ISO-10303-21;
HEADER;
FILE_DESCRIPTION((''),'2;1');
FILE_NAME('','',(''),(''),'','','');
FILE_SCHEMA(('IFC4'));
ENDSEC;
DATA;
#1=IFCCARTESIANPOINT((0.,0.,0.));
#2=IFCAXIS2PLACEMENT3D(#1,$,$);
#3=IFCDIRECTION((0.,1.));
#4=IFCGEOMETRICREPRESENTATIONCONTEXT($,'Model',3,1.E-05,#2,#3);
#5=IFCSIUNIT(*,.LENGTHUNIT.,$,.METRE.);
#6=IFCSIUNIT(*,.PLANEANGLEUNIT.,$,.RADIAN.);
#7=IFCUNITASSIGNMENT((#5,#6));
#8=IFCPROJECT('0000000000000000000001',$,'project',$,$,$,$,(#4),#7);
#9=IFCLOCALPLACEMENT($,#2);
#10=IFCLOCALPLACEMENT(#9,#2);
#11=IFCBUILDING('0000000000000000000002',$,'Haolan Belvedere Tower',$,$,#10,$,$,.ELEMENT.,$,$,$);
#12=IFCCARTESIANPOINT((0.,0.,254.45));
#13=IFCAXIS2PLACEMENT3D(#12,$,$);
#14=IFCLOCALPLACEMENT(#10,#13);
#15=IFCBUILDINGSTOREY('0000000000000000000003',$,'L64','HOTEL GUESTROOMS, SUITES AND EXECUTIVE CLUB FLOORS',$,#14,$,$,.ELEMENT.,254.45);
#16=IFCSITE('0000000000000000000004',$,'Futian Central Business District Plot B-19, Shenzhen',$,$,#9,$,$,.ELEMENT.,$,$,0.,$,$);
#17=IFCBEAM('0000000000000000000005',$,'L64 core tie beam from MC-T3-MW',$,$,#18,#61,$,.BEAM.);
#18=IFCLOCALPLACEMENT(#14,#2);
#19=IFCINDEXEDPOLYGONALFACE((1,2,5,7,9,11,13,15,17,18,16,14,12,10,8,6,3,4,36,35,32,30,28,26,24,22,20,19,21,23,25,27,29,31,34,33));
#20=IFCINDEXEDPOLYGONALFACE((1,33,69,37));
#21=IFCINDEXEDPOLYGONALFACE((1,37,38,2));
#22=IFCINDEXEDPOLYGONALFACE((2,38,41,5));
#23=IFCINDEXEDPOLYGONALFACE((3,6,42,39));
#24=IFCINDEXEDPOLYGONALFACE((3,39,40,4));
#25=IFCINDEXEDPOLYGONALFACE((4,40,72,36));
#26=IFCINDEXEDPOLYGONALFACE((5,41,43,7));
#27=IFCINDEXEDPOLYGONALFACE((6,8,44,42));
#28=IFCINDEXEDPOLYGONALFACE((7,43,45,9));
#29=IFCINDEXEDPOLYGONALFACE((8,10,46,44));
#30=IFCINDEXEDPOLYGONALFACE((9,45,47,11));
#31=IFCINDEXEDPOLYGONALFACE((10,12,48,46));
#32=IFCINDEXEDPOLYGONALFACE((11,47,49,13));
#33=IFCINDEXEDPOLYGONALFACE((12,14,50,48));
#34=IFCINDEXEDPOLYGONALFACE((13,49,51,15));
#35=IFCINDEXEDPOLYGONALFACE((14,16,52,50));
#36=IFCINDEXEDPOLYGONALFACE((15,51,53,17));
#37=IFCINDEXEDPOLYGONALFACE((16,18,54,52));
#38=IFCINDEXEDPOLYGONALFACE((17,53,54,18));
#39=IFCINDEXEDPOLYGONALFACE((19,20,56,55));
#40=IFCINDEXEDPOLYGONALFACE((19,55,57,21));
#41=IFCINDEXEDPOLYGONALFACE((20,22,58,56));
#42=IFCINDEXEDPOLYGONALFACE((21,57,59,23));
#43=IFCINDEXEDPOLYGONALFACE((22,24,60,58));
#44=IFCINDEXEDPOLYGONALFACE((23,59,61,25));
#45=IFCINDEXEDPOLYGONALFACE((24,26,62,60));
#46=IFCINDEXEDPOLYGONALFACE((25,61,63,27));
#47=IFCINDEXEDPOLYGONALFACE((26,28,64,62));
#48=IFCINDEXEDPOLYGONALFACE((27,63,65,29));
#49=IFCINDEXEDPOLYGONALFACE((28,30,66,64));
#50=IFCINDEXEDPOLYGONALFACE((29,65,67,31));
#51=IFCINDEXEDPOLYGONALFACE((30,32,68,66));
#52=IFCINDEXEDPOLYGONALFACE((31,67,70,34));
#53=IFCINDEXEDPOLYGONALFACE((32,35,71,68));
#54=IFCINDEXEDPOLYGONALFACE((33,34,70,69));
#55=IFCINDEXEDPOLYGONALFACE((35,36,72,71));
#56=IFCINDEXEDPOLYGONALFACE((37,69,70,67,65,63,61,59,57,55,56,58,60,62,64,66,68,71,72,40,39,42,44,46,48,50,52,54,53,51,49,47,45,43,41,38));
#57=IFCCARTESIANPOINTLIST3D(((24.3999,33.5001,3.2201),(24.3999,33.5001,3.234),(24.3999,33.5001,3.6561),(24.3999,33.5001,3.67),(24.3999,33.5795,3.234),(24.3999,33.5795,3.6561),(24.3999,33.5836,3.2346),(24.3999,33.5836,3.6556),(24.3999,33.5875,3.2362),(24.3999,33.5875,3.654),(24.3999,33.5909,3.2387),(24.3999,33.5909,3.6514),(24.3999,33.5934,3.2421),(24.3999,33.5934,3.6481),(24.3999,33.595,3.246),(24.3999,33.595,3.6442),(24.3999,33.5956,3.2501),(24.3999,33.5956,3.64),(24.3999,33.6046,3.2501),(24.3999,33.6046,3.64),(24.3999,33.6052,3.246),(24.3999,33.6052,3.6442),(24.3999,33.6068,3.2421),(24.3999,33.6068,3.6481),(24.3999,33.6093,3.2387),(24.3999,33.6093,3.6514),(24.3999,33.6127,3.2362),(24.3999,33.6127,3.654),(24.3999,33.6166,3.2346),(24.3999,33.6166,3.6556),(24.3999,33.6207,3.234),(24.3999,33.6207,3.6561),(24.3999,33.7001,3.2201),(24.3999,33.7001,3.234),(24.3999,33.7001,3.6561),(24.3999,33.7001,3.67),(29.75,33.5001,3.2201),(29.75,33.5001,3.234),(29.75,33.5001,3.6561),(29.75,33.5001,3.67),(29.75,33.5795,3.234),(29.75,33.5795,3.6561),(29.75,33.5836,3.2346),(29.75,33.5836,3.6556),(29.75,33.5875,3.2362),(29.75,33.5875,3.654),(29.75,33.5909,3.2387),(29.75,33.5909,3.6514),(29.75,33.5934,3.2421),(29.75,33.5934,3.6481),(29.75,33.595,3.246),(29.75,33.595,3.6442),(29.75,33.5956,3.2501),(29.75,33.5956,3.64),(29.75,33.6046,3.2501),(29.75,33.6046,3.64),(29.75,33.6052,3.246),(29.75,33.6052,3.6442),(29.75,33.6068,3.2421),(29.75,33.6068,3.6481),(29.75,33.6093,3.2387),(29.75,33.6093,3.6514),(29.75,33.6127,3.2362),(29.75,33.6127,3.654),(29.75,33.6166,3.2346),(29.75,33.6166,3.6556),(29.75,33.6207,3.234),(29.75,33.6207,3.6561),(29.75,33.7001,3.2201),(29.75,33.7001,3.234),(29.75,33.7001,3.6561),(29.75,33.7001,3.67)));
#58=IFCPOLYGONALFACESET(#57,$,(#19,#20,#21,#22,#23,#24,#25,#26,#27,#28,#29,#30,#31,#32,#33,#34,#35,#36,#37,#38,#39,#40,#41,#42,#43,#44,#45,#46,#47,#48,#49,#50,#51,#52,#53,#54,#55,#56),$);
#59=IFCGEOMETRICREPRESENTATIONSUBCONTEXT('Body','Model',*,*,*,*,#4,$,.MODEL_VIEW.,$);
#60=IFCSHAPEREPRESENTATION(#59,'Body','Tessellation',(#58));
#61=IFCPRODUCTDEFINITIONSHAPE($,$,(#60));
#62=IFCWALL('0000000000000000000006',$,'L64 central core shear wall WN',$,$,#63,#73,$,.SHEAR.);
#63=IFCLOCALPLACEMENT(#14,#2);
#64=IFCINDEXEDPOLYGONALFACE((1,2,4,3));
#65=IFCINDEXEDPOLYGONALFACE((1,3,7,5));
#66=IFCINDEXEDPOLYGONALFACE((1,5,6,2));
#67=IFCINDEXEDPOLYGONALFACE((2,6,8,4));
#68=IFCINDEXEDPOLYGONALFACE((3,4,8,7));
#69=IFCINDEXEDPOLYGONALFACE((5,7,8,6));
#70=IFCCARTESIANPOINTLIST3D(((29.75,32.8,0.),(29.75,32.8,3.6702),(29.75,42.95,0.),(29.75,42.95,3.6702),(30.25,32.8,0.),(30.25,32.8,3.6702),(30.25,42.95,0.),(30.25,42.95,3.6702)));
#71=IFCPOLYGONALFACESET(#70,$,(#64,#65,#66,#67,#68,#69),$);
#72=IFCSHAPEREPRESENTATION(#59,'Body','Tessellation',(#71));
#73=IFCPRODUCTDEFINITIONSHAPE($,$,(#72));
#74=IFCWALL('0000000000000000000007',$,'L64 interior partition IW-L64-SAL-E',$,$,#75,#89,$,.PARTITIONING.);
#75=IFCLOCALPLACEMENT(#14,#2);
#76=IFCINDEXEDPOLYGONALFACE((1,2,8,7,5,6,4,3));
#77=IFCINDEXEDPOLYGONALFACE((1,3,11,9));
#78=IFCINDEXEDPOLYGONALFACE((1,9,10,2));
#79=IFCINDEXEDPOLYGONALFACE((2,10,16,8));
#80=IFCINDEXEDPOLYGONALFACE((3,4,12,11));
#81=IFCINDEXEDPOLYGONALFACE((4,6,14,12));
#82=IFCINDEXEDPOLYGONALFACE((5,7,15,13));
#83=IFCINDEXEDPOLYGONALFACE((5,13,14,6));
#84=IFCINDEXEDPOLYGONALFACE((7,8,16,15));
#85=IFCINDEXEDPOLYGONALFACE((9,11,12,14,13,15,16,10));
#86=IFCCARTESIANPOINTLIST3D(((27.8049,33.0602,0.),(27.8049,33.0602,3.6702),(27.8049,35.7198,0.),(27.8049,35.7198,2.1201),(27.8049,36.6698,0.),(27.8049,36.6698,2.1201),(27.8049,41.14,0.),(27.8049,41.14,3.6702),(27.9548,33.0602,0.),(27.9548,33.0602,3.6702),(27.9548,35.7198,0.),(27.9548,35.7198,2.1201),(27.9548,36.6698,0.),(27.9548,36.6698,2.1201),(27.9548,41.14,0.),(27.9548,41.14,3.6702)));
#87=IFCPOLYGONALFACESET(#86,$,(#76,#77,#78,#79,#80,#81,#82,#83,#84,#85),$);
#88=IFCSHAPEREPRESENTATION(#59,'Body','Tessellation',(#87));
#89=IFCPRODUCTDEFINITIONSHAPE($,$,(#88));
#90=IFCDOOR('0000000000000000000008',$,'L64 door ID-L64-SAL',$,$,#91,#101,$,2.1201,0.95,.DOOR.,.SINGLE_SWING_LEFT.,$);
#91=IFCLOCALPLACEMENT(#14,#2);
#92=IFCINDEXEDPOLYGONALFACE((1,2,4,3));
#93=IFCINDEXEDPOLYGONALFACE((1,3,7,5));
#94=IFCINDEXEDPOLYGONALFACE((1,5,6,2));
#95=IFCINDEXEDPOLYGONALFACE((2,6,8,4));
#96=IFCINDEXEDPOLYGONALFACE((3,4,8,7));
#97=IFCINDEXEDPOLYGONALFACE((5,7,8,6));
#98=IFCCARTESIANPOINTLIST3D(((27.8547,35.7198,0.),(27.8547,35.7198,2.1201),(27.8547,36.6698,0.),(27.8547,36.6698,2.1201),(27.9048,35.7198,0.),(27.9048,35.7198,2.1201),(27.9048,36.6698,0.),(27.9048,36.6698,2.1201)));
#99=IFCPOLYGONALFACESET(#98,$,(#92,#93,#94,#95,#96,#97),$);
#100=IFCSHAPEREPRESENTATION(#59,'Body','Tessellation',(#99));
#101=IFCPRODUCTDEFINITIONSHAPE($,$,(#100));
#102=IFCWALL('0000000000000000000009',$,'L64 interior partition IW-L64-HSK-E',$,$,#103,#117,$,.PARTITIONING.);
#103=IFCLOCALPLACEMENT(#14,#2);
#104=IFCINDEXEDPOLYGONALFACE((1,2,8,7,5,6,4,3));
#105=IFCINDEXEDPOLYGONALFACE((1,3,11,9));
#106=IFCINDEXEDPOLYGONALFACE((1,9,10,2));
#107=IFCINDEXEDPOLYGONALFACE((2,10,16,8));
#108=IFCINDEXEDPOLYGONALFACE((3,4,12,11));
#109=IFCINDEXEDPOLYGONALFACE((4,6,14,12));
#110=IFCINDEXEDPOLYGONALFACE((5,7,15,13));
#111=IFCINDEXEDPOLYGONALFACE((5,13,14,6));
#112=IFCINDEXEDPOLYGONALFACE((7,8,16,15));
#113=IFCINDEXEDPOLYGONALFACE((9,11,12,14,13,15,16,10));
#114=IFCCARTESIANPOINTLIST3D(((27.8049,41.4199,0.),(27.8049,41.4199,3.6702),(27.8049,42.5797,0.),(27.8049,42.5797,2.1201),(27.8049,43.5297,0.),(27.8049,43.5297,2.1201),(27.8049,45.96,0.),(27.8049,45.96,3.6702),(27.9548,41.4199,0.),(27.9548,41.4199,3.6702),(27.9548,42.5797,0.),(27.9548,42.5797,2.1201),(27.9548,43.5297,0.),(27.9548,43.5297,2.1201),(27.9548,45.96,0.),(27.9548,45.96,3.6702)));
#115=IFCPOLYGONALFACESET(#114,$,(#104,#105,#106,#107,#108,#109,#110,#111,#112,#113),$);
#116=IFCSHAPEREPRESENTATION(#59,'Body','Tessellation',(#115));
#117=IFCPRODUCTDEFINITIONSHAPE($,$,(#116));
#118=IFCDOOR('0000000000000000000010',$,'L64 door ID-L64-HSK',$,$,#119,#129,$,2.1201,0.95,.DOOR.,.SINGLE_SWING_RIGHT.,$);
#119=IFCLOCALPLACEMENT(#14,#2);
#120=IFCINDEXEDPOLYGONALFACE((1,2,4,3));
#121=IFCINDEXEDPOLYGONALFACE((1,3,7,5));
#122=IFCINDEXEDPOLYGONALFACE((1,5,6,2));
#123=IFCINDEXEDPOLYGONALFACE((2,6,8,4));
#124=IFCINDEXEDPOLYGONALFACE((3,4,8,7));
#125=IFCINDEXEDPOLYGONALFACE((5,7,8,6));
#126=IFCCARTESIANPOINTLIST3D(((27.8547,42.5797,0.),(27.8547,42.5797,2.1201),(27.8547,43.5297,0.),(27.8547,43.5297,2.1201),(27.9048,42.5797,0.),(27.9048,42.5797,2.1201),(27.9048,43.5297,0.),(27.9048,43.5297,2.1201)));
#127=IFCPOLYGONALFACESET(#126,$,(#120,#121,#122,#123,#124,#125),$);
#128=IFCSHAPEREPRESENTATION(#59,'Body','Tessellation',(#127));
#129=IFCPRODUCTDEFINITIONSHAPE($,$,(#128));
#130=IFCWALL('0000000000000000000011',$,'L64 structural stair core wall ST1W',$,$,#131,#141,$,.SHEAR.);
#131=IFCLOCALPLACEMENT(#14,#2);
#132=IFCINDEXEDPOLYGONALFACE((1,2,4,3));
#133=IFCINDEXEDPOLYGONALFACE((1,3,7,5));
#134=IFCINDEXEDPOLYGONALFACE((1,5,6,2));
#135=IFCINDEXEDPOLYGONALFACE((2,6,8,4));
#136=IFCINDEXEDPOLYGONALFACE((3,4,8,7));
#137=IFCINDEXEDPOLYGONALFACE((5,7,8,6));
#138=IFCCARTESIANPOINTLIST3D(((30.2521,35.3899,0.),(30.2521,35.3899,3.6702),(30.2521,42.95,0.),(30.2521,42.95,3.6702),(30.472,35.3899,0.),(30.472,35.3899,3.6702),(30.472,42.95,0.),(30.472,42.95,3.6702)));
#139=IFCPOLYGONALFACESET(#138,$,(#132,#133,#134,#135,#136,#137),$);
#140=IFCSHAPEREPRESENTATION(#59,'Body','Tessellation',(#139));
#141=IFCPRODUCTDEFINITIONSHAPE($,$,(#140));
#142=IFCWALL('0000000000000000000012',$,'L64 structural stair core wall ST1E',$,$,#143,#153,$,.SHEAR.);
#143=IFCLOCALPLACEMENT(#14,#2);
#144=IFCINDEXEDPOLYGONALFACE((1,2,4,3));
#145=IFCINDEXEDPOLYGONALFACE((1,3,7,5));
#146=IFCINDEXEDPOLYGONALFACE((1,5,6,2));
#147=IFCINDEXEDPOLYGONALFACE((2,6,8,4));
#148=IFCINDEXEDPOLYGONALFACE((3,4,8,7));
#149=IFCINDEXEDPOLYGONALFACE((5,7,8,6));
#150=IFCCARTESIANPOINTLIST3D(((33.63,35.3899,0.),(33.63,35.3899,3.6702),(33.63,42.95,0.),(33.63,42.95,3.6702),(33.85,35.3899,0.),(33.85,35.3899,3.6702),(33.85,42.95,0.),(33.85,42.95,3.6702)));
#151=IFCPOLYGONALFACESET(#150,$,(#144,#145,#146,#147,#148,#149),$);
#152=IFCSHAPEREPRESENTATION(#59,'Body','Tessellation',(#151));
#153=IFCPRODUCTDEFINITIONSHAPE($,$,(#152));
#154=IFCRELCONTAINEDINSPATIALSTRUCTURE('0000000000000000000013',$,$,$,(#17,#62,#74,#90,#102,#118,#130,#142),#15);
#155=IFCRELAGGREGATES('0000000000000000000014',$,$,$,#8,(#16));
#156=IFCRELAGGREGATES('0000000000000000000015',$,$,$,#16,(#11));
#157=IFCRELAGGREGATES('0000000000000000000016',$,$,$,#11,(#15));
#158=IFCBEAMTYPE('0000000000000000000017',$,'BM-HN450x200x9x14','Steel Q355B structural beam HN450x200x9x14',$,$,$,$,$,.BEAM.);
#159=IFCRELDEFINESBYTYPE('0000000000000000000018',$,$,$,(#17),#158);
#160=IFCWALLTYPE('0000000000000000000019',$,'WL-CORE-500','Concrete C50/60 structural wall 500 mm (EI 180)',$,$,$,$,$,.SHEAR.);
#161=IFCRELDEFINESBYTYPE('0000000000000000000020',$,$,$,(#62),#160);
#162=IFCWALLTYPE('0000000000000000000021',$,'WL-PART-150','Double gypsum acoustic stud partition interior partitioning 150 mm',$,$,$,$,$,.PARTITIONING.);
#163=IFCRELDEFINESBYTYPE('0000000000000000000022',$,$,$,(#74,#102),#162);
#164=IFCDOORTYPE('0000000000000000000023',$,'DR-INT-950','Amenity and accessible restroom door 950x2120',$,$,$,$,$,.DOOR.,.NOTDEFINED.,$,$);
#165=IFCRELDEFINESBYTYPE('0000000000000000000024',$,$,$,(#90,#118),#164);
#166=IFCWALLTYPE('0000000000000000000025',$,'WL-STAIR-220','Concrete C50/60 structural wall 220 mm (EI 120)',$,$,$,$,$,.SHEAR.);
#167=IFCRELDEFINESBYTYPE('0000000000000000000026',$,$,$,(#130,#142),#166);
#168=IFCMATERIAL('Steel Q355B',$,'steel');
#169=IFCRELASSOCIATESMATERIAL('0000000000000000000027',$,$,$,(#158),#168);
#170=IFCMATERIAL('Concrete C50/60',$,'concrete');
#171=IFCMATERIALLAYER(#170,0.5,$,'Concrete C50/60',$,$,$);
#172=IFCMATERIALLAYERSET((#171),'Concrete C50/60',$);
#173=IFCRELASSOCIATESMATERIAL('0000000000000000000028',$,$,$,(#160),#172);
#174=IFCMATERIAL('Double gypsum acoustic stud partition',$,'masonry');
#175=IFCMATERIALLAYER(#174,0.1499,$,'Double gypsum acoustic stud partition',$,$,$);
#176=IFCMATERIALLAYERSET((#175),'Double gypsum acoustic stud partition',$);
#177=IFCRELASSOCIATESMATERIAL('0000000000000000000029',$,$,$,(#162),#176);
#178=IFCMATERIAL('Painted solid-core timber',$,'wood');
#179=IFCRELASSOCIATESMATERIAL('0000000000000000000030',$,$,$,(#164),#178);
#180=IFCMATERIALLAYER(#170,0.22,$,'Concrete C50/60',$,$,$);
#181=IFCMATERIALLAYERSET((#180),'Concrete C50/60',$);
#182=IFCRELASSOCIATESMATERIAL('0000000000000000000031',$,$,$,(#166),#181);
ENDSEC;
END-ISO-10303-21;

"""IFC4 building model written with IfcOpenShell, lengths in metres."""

from ifc_helpers import new_model, si_unit, direction, frame, frame_2d, origin, origin_2d, place, context, subcontext, project, spatial, rectangle, i_section, extrude, material, layer, layer_set, material_profile, profile_set, type_object, element, fill, save


model = new_model("IFC4")

# Units and contexts
model_context = context("Model", 3, precision=1e-05, world=origin(), true_north=direction((0.0, 1.0)))
body_context = subcontext(model_context, "Body", "Model", "MODEL_VIEW")
ifc_project = project(units=[si_unit("LENGTHUNIT", "METRE"), si_unit("PLANEANGLEUNIT", "RADIAN")], contexts=[model_context])

# Site, building, storey
site_placement = place(None, origin())
site = spatial("IfcSite", under=ifc_project, at=site_placement, Name="Futian Central Business District Plot B-19, Shenzhen", CompositionType="ELEMENT", RefElevation=0.0)
building_placement = place(site_placement, origin())
building = spatial("IfcBuilding", under=site, at=building_placement, Name="Haolan Belvedere Tower", CompositionType="ELEMENT")
storey_placement = place(building_placement, frame((0.0, 0.0, 254.45)))
storey = spatial("IfcBuildingStorey", under=building, at=storey_placement, Name="L64", Description="HOTEL GUESTROOMS, SUITES AND EXECUTIVE CLUB FLOORS", CompositionType="ELEMENT", Elevation=254.45)

# Beam
ifc_material_1 = material(Name="Steel Q355B", Category="steel")
ifc_material_profile = material_profile(ifc_material_1, i_section(OverallWidth=0.2, OverallDepth=0.45, WebThickness=0.009, FlangeThickness=0.0139, FilletRadius=0.0161, at=origin_2d()), Name="Steel Q355B")
ifc_profile_set = profile_set([ifc_material_profile], Name="Steel Q355B")
beam_type = type_object("IfcBeamType", Name="BM-HN450x200x9x14", Description="Steel Q355B structural beam HN450x200x9x14", PredefinedType="BEAM", material=ifc_profile_set)
beam_placement = place(storey_placement, frame((24.3999, 33.6001, 3.4451), z_axis=(1.0, 0.0, 0.0), x_axis=(0.0, 1.0, 0.0)))
element("IfcBeam", 1, at=beam_placement, inside=storey, type_object=beam_type, Name="L64 core tie beam from MC-T3-MW", PredefinedType="BEAM", context=body_context, shape_type="SweptSolid", body=[
    extrude(i_section(OverallWidth=0.2, OverallDepth=0.45, WebThickness=0.009, FlangeThickness=0.0139, FilletRadius=0.0161, at=origin_2d()), origin(), (0.0, 0.0, 1.0), 5.3501),
])

# Wall
ifc_material_2 = material(Name="Concrete C50/60", Category="concrete")
ifc_layer_1 = layer(ifc_material_2, 0.5, Name="Concrete C50/60")
ifc_layer_set_1 = layer_set([ifc_layer_1], Name="Concrete C50/60")
wall_type_1 = type_object("IfcWallType", Name="WL-CORE-500", Description="Concrete C50/60 structural wall 500 mm (EI 180)", PredefinedType="SHEAR", material=ifc_layer_set_1)
wall_1_placement = place(storey_placement, frame((30.0, 32.8, 0.0), z_axis=(0.0, 0.0, 1.0), x_axis=(0.0, 1.0, 0.0)))
element("IfcWall", 2, at=wall_1_placement, inside=storey, type_object=wall_type_1, Name="L64 central core shear wall WN", PredefinedType="SHEAR", context=body_context, shape_type="SweptSolid", body=[
    extrude(rectangle(XDim=10.1499, YDim=0.5, at=frame_2d((5.075, 0.0))), origin(), (0.0, 0.0, 1.0), 3.6702),
])

# Walls, openings, doors
ifc_material_3 = material(Name="Double gypsum acoustic stud partition", Category="masonry")
ifc_layer_2 = layer(ifc_material_3, 0.1499, Name="Double gypsum acoustic stud partition")
ifc_layer_set_2 = layer_set([ifc_layer_2], Name="Double gypsum acoustic stud partition")
wall_type_2 = type_object("IfcWallType", Name="WL-PART-150", Description="Double gypsum acoustic stud partition interior partitioning 150 mm", PredefinedType="PARTITIONING", material=ifc_layer_set_2)
wall_2_placement = place(storey_placement, frame((27.8799, 33.0601, 0.0), z_axis=(0.0, 0.0, 1.0), x_axis=(0.0, 1.0, 0.0)))
wall_2 = element("IfcWall", 3, at=wall_2_placement, inside=storey, type_object=wall_type_2, Name="L64 interior partition IW-L64-SAL-E", PredefinedType="PARTITIONING", context=body_context, shape_type="SweptSolid", body=[
    extrude(rectangle(XDim=8.0798, YDim=0.1499, at=frame_2d((4.04, 0.0))), origin(), (0.0, 0.0, 1.0), 3.6702),
])
opening_1_placement = place(wall_2_placement, frame((3.6099, 0.0, 0.0), z_axis=(0.0, 0.0, 1.0), x_axis=(-1.0, 0.0, 0.0)))
opening_1 = element("IfcOpeningElement", 4, at=opening_1_placement, cuts=wall_2, PredefinedType="OPENING", context=body_context, shape_type="SweptSolid", body=[
    extrude(rectangle(XDim=0.95, YDim=2.1201, at=frame_2d((0.4751, 1.0601))), frame((0.0, 0.085, 0.0), z_axis=(0.0, -1.0, 0.0), x_axis=(1.0, 0.0, 0.0)), (0.0, 0.0, 1.0), 0.1699),
])
ifc_material_4 = material(Name="Painted solid-core timber", Category="wood")
door_type_1 = type_object("IfcDoorType", Name="DR-INT-950", Description="Amenity and accessible restroom door 950x2120", OperationType="NOTDEFINED", PredefinedType="DOOR", material=ifc_material_4)
door_1_placement = place(opening_1_placement, origin())
door_1 = element("IfcDoor", 5, at=door_1_placement, inside=storey, type_object=door_type_1, Name="L64 door ID-L64-SAL", OperationType="SINGLE_SWING_LEFT", OverallHeight=2.1201, OverallWidth=0.95, PredefinedType="DOOR", context=body_context, shape_type="SweptSolid", body=[
    extrude(rectangle(XDim=0.95, YDim=2.1201, at=frame_2d((0.4751, 1.0601))), frame((0.0, 0.0249, 0.0), z_axis=(0.0, -1.0, 0.0), x_axis=(1.0, 0.0, 0.0)), (0.0, 0.0, 1.0), 0.05),
])
fill(opening_1, door_1)
wall_3_placement = place(storey_placement, frame((27.8799, 41.4199, 0.0), z_axis=(0.0, 0.0, 1.0), x_axis=(0.0, 1.0, 0.0)))
wall_3 = element("IfcWall", 6, at=wall_3_placement, inside=storey, type_object=wall_type_2, Name="L64 interior partition IW-L64-HSK-E", PredefinedType="PARTITIONING", context=body_context, shape_type="SweptSolid", body=[
    extrude(rectangle(XDim=4.54, YDim=0.1499, at=frame_2d((2.27, 0.0))), origin(), (0.0, 0.0, 1.0), 3.6702),
])
opening_2_placement = place(wall_3_placement, frame((2.1099, 0.0, 0.0), z_axis=(0.0, 0.0, 1.0), x_axis=(-1.0, 0.0, 0.0)))
opening_2 = element("IfcOpeningElement", 7, at=opening_2_placement, cuts=wall_3, PredefinedType="OPENING", context=body_context, shape_type="SweptSolid", body=[
    extrude(rectangle(XDim=0.95, YDim=2.1201, at=frame_2d((0.4751, 1.0601))), frame((0.0, 0.085, 0.0), z_axis=(0.0, -1.0, 0.0), x_axis=(1.0, 0.0, 0.0)), (0.0, 0.0, 1.0), 0.1699),
])
door_2_placement = place(opening_2_placement, origin())
door_2 = element("IfcDoor", 8, at=door_2_placement, inside=storey, type_object=door_type_1, Name="L64 door ID-L64-HSK", OperationType="SINGLE_SWING_RIGHT", OverallHeight=2.1201, OverallWidth=0.95, PredefinedType="DOOR", context=body_context, shape_type="SweptSolid", body=[
    extrude(rectangle(XDim=0.95, YDim=2.1201, at=frame_2d((0.4751, 1.0601))), frame((0.0, 0.0249, 0.0), z_axis=(0.0, -1.0, 0.0), x_axis=(1.0, 0.0, 0.0)), (0.0, 0.0, 1.0), 0.05),
])
fill(opening_2, door_2)

# Walls
ifc_layer_3 = layer(ifc_material_2, 0.22, Name="Concrete C50/60")
ifc_layer_set_3 = layer_set([ifc_layer_3], Name="Concrete C50/60")
wall_type_3 = type_object("IfcWallType", Name="WL-STAIR-220", Description="Concrete C50/60 structural wall 220 mm (EI 120)", PredefinedType="SHEAR", material=ifc_layer_set_3)
for number, where, z_axis, x_axis, name in (
    (9, (30.3621, 35.3899, 0.0), (0.0, 0.0, 1.0), (0.0, 1.0, 0.0), "L64 structural stair core wall ST1W"),
    (10, (33.74, 35.3899, 0.0), (0.0, 0.0, 1.0), (0.0, 1.0, 0.0), "L64 structural stair core wall ST1E"),
):
    element("IfcWall", number, at=place(storey_placement, frame(where, z_axis=z_axis, x_axis=x_axis)), inside=storey, type_object=wall_type_3, Name=name, PredefinedType="SHEAR", context=body_context, shape_type="SweptSolid", body=[
        extrude(rectangle(XDim=7.5601, YDim=0.22, at=frame_2d((3.78, 0.0))), origin(), (0.0, 0.0, 1.0), 3.6702),
    ])

save(model, "model.ifc")
